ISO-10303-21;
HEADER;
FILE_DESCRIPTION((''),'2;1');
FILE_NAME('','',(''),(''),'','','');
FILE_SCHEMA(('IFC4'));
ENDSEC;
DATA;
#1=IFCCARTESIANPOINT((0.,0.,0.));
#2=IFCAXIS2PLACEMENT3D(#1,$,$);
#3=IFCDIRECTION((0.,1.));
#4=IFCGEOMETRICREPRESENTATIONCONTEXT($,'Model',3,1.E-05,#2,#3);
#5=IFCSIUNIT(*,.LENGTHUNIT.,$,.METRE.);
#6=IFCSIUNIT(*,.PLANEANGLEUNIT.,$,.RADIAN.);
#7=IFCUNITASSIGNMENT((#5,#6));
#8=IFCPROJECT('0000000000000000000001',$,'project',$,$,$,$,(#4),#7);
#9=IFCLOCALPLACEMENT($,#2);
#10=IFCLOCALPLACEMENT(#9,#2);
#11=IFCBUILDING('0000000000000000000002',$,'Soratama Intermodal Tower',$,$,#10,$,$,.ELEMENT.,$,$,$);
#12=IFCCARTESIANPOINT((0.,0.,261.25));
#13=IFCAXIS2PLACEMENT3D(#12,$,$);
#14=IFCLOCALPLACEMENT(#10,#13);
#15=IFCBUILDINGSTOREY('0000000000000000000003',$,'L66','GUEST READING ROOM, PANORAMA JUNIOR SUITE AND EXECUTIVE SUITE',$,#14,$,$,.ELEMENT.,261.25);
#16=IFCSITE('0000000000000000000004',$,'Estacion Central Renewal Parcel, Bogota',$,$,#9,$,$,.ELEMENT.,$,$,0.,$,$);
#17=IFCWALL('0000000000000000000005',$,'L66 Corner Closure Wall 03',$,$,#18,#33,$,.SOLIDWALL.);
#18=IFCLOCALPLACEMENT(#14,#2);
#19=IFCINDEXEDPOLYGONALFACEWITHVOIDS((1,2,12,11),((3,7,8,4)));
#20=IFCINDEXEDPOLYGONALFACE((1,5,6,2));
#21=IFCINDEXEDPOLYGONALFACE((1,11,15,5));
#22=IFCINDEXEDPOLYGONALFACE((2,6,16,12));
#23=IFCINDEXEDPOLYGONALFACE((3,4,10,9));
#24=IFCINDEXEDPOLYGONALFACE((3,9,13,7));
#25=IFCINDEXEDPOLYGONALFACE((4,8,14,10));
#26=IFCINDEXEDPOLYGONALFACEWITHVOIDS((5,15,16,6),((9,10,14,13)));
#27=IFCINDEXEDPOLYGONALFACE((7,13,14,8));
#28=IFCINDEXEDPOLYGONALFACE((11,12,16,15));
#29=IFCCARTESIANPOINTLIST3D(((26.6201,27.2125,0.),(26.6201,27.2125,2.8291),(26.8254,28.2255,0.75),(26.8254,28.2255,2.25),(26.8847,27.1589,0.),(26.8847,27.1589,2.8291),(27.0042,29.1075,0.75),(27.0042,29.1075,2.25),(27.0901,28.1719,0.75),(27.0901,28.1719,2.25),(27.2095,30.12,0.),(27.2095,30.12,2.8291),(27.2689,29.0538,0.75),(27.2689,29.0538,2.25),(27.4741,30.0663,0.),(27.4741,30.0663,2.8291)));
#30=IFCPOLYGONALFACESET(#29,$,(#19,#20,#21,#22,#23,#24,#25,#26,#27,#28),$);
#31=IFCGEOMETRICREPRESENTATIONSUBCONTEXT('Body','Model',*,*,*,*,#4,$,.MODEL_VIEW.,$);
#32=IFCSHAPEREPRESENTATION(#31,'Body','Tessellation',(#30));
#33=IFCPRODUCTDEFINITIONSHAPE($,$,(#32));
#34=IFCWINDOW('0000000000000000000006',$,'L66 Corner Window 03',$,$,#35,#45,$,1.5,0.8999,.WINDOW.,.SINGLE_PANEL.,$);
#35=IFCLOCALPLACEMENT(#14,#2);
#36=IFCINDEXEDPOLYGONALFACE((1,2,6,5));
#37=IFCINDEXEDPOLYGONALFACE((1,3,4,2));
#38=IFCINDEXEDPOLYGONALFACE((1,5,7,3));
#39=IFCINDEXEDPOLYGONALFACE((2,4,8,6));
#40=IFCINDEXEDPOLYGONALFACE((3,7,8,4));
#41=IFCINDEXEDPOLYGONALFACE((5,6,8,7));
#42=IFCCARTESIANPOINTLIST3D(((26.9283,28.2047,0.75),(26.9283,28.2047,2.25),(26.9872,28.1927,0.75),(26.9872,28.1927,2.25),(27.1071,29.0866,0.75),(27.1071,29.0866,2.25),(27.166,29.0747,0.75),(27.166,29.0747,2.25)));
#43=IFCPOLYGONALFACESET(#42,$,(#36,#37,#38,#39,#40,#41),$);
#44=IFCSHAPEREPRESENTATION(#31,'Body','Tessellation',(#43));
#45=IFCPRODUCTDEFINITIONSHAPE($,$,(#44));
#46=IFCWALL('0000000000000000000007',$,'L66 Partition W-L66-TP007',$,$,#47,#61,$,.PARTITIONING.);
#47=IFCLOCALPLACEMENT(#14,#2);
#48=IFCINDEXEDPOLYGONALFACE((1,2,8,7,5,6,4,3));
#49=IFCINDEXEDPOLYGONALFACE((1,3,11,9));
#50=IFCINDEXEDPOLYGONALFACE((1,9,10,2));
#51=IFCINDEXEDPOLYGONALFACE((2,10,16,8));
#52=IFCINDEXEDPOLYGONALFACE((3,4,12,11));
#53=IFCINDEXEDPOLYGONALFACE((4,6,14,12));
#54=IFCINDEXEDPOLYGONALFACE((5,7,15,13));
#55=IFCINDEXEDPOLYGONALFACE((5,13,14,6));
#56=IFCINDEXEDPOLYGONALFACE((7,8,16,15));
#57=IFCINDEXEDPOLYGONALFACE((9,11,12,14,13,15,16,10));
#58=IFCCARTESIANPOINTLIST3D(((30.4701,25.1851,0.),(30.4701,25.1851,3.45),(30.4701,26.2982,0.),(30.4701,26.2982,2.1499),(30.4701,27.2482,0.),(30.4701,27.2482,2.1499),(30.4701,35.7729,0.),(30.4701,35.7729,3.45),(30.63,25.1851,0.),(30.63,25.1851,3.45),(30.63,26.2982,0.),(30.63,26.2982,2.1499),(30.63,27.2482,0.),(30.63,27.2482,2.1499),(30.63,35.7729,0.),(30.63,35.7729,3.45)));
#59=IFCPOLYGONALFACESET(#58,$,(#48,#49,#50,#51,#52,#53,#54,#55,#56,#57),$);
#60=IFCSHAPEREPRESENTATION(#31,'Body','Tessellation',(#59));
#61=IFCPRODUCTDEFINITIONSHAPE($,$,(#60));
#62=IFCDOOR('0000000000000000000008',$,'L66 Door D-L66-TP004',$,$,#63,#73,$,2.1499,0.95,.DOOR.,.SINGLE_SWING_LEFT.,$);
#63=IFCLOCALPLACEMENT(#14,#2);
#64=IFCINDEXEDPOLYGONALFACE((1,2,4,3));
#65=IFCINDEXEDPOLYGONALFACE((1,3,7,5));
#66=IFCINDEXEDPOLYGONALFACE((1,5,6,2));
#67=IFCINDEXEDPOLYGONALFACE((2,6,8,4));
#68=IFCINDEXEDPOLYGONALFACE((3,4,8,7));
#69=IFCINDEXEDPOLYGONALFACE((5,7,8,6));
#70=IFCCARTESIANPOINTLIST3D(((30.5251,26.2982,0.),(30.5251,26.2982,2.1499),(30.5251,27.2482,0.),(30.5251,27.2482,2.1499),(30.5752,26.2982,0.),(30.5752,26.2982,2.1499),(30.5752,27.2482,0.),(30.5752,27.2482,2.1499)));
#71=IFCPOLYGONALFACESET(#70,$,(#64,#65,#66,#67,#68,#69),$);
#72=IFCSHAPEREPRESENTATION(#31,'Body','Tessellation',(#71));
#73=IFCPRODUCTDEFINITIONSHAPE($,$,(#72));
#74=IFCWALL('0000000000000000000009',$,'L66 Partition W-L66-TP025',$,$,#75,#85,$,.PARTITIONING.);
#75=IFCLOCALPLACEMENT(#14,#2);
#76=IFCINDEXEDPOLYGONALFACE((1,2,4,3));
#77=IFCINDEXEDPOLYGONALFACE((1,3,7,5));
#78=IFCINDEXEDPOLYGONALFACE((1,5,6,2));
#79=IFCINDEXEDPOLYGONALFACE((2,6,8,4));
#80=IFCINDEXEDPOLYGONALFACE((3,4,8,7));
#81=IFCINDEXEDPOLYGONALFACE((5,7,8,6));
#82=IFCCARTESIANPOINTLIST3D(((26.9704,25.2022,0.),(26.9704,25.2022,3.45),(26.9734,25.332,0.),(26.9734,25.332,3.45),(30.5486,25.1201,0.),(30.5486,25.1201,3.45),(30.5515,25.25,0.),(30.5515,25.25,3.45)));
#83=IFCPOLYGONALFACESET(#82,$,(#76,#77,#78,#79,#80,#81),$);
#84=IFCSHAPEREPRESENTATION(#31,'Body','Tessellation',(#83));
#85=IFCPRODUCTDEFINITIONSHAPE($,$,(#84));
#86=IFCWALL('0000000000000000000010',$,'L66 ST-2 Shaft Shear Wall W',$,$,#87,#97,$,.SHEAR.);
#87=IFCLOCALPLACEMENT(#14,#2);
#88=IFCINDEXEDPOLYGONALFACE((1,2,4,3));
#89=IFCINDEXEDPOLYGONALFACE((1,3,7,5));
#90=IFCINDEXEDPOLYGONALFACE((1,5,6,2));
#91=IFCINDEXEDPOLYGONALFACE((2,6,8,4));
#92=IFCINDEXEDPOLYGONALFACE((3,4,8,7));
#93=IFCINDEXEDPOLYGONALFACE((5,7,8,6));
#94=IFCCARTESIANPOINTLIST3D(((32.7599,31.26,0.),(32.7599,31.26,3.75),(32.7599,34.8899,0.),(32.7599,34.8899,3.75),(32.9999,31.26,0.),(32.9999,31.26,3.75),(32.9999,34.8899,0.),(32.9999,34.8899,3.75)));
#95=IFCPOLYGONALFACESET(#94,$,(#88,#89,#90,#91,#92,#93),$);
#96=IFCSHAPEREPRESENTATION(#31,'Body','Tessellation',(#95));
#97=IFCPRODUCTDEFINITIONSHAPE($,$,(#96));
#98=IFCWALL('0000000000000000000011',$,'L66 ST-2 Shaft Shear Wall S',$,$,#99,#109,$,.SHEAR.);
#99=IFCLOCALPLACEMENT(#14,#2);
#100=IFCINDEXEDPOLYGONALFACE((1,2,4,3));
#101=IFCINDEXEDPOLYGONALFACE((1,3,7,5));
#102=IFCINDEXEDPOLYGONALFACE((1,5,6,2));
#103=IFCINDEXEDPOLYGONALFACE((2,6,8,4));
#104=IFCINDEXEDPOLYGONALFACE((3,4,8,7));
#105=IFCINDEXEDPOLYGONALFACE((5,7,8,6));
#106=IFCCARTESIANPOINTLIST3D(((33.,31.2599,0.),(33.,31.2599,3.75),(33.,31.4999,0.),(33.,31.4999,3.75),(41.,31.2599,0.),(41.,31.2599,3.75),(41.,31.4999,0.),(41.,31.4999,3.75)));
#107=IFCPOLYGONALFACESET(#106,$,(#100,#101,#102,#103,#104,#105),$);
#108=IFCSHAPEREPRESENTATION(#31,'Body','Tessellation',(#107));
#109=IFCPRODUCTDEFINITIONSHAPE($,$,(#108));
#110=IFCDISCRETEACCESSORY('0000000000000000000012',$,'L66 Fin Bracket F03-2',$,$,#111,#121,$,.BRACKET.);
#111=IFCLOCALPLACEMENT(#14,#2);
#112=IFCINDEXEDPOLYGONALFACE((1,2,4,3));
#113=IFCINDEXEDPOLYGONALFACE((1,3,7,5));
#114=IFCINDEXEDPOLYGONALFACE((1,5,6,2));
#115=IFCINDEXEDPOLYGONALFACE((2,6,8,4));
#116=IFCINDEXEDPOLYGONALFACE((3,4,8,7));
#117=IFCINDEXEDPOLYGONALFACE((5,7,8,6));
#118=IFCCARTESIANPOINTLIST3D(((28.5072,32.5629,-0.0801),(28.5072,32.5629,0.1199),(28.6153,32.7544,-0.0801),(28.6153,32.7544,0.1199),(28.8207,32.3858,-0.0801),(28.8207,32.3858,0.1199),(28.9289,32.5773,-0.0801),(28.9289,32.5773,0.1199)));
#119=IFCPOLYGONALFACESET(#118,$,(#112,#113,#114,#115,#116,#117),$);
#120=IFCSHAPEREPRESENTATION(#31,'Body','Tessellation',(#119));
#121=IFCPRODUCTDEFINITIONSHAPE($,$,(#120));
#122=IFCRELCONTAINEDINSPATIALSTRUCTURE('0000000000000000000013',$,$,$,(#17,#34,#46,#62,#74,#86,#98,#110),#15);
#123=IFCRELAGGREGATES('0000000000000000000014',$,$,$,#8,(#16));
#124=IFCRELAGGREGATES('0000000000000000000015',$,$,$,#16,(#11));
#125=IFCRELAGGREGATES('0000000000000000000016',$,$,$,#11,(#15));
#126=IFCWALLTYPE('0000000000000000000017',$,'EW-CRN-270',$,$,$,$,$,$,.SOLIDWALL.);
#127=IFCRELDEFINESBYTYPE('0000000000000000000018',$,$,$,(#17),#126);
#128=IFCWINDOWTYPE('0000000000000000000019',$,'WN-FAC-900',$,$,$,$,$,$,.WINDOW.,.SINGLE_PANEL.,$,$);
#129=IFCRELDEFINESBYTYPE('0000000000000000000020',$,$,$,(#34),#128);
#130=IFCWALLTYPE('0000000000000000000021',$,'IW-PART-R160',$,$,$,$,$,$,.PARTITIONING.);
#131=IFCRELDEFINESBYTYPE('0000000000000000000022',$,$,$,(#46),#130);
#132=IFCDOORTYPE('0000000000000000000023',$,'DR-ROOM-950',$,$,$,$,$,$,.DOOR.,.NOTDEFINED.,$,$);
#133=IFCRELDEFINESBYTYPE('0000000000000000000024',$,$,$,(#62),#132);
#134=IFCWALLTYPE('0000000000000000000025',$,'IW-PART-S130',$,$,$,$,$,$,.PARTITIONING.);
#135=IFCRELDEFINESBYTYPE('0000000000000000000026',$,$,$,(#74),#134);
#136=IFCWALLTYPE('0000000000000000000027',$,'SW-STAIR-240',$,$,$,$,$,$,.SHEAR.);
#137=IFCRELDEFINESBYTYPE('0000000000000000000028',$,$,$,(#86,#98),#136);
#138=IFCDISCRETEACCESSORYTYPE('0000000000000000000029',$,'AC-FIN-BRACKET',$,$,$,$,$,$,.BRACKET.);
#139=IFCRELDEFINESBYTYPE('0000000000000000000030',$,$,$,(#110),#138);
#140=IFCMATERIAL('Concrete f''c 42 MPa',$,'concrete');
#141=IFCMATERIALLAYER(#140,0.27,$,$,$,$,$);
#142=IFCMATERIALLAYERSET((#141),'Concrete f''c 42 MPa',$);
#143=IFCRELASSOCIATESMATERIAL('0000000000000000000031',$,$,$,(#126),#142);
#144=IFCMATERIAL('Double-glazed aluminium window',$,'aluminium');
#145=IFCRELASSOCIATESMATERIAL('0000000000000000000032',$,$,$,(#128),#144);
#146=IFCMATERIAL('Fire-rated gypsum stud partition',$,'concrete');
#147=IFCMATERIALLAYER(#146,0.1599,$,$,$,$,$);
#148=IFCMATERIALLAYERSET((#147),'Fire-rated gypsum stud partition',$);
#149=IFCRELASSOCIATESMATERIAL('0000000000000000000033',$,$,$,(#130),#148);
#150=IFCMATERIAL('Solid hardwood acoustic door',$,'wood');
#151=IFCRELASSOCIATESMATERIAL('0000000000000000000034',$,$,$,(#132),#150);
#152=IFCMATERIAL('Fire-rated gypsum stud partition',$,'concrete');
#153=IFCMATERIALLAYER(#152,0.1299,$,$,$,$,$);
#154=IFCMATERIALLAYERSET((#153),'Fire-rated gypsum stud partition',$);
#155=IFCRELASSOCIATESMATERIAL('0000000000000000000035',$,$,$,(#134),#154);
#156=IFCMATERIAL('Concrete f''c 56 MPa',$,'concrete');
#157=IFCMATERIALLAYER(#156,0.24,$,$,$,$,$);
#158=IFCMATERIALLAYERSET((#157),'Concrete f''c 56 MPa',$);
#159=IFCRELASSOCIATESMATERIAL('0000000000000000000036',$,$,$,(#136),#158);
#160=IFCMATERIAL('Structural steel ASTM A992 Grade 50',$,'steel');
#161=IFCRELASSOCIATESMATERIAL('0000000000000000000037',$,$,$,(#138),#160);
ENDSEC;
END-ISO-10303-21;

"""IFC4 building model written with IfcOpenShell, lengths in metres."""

from ifc_helpers import new_model, si_unit, direction, frame, frame_2d, origin, origin_2d, place, context, subcontext, project, spatial, rectangle, extrude, material, layer, layer_set, type_object, element, fill, save


model = new_model("IFC4")

# Units and contexts
model_context = context("Model", 3, precision=1e-05, world=origin(), true_north=direction((0.0, 1.0)))
body_context = subcontext(model_context, "Body", "Model", "MODEL_VIEW")
ifc_project = project(units=[si_unit("LENGTHUNIT", "METRE"), si_unit("PLANEANGLEUNIT", "RADIAN")], contexts=[model_context])

# Site, building, storey
site_placement = place(None, origin())
site = spatial("IfcSite", under=ifc_project, at=site_placement, Name="Estacion Central Renewal Parcel, Bogota", CompositionType="ELEMENT", RefElevation=0.0)
building_placement = place(site_placement, origin())
building = spatial("IfcBuilding", under=site, at=building_placement, Name="Soratama Intermodal Tower", CompositionType="ELEMENT")
storey_placement = place(building_placement, frame((0.0, 0.0, 261.25)))
storey = spatial("IfcBuildingStorey", under=building, at=storey_placement, Name="L66", Description="GUEST READING ROOM, PANORAMA JUNIOR SUITE AND EXECUTIVE SUITE", CompositionType="ELEMENT", Elevation=261.25)

# Wall, opening, window
ifc_material_1 = material(Name="Concrete f'c 42 MPa", Category="concrete")
ifc_layer_1 = layer(ifc_material_1, 0.27)
ifc_layer_set_1 = layer_set([ifc_layer_1], Name="Concrete f'c 42 MPa")
wall_type_1 = type_object("IfcWallType", Name="EW-CRN-270", PredefinedType="SOLIDWALL", material=ifc_layer_set_1)
wall_1_placement = place(storey_placement, frame((27.3418, 30.0933, 0.0), z_axis=(0.0, 0.0, 1.0), x_axis=(-0.198663, -0.980068, 0.0)))
wall_1 = element("IfcWall", 1, at=wall_1_placement, inside=storey, type_object=wall_type_1, Name="L66 Corner Closure Wall 03", PredefinedType="SOLIDWALL", context=body_context, shape_type="SweptSolid", body=[
    extrude(rectangle(XDim=2.9666, YDim=0.27, at=frame_2d((1.4834, 0.0))), origin(), (0.0, 0.0, 1.0), 2.8291),
])
opening_1_placement = place(wall_1_placement, frame((1.0332, 0.0, 0.75)))
opening_1 = element("IfcOpeningElement", 2, at=opening_1_placement, cuts=wall_1, PredefinedType="OPENING", context=body_context, shape_type="SweptSolid", body=[
    extrude(rectangle(XDim=0.8999, YDim=1.5, at=frame_2d((0.45, 0.75))), frame((0.0, 0.145, 0.0), z_axis=(0.0, -1.0, 0.0), x_axis=(1.0, 0.0, 0.0)), (0.0, 0.0, 1.0), 0.29),
])
ifc_material_2 = material(Name="Double-glazed aluminium window", Category="aluminium")
window_type_1 = type_object("IfcWindowType", Name="WN-FAC-900", PartitioningType="SINGLE_PANEL", PredefinedType="WINDOW", material=ifc_material_2)
window_1_placement = place(opening_1_placement, origin())
window_1 = element("IfcWindow", 3, at=window_1_placement, inside=storey, type_object=window_type_1, Name="L66 Corner Window 03", OverallHeight=1.5, OverallWidth=0.8999, PartitioningType="SINGLE_PANEL", PredefinedType="WINDOW", context=body_context, shape_type="SweptSolid", body=[
    extrude(rectangle(XDim=0.8999, YDim=1.5, at=frame_2d((0.45, 0.75))), frame((0.0, 0.03, 0.0), z_axis=(0.0, -1.0, 0.0), x_axis=(1.0, 0.0, 0.0)), (0.0, 0.0, 1.0), 0.0601),
])
fill(opening_1, window_1)

# Wall, opening, door
ifc_material_3 = material(Name="Fire-rated gypsum stud partition", Category="concrete")
ifc_layer_2 = layer(ifc_material_3, 0.1599)
ifc_layer_set_2 = layer_set([ifc_layer_2], Name="Fire-rated gypsum stud partition")
wall_type_2 = type_object("IfcWallType", Name="IW-PART-R160", PredefinedType="PARTITIONING", material=ifc_layer_set_2)
wall_2_placement = place(storey_placement, frame((30.55, 25.1851, 0.0), z_axis=(0.0, 0.0, 1.0), x_axis=(0.0, 1.0, 0.0)))
wall_2 = element("IfcWall", 4, at=wall_2_placement, inside=storey, type_object=wall_type_2, Name="L66 Partition W-L66-TP007", PredefinedType="PARTITIONING", context=body_context, shape_type="SweptSolid", body=[
    extrude(rectangle(XDim=10.5879, YDim=0.1599, at=frame_2d((5.2939, 0.0))), origin(), (0.0, 0.0, 1.0), 3.45),
])
opening_2_placement = place(wall_2_placement, frame((1.113, 0.0, 0.0)))
opening_2 = element("IfcOpeningElement", 5, at=opening_2_placement, cuts=wall_2, PredefinedType="OPENING", context=body_context, shape_type="SweptSolid", body=[
    extrude(rectangle(XDim=0.95, YDim=2.1499, at=frame_2d((0.4751, 1.075))), frame((0.0, 0.0898, 0.0), z_axis=(0.0, -1.0, 0.0), x_axis=(1.0, 0.0, 0.0)), (0.0, 0.0, 1.0), 0.1799),
])
ifc_material_4 = material(Name="Solid hardwood acoustic door", Category="wood")
door_type_1 = type_object("IfcDoorType", Name="DR-ROOM-950", OperationType="NOTDEFINED", PredefinedType="DOOR", material=ifc_material_4)
door_1_placement = place(opening_2_placement, origin())
door_1 = element("IfcDoor", 6, at=door_1_placement, inside=storey, type_object=door_type_1, Name="L66 Door D-L66-TP004", OperationType="SINGLE_SWING_LEFT", OverallHeight=2.1499, OverallWidth=0.95, PredefinedType="DOOR", context=body_context, shape_type="SweptSolid", body=[
    extrude(rectangle(XDim=0.95, YDim=2.1499, at=frame_2d((0.4751, 1.075))), frame((0.0, 0.0249, 0.0), z_axis=(0.0, -1.0, 0.0), x_axis=(1.0, 0.0, 0.0)), (0.0, 0.0, 1.0), 0.05),
])
fill(opening_2, door_1)

# Walls
ifc_material_5 = material(Name="Fire-rated gypsum stud partition", Category="concrete")
ifc_layer_3 = layer(ifc_material_5, 0.1299)
ifc_layer_set_3 = layer_set([ifc_layer_3], Name="Fire-rated gypsum stud partition")
wall_type_3 = type_object("IfcWallType", Name="IW-PART-S130", PredefinedType="PARTITIONING", material=ifc_layer_set_3)
wall_3_placement = place(storey_placement, frame((30.55, 25.1851, 0.0), z_axis=(0.0, 0.0, 1.0), x_axis=(-0.999737, 0.02292, 0.0)))
element("IfcWall", 7, at=wall_3_placement, inside=storey, type_object=wall_type_3, Name="L66 Partition W-L66-TP025", PredefinedType="PARTITIONING", context=body_context, shape_type="SweptSolid", body=[
    extrude(rectangle(XDim=3.5791, YDim=0.1299, at=frame_2d((1.7896, 0.0))), origin(), (0.0, 0.0, 1.0), 3.45),
])
ifc_material_6 = material(Name="Concrete f'c 56 MPa", Category="concrete")
ifc_layer_4 = layer(ifc_material_6, 0.24)
ifc_layer_set_4 = layer_set([ifc_layer_4], Name="Concrete f'c 56 MPa")
wall_type_4 = type_object("IfcWallType", Name="SW-STAIR-240", PredefinedType="SHEAR", material=ifc_layer_set_4)
wall_4_placement = place(storey_placement, frame((32.8799, 31.26, 0.0), z_axis=(0.0, 0.0, 1.0), x_axis=(0.0, 1.0, 0.0)))
element("IfcWall", 8, at=wall_4_placement, inside=storey, type_object=wall_type_4, Name="L66 ST-2 Shaft Shear Wall W", PredefinedType="SHEAR", context=body_context, shape_type="SweptSolid", body=[
    extrude(rectangle(XDim=3.6299, YDim=0.24, at=frame_2d((1.8149, 0.0))), origin(), (0.0, 0.0, 1.0), 3.75),
])
wall_5_placement = place(storey_placement, frame((33.0, 31.3799, 0.0), z_axis=(0.0, 0.0, 1.0), x_axis=(1.0, 0.0, 0.0)))
element("IfcWall", 9, at=wall_5_placement, inside=storey, type_object=wall_type_4, Name="L66 ST-2 Shaft Shear Wall S", PredefinedType="SHEAR", context=body_context, shape_type="SweptSolid", body=[
    extrude(rectangle(XDim=8.0, YDim=0.24, at=frame_2d((4.0, 0.0))), origin(), (0.0, 0.0, 1.0), 3.75),
])

# Discrete accessory
ifc_material_7 = material(Name="Structural steel ASTM A992 Grade 50", Category="steel")
discrete_accessory_type = type_object("IfcDiscreteAccessoryType", Name="AC-FIN-BRACKET", PredefinedType="BRACKET", material=ifc_material_7)
discrete_accessory_placement = place(storey_placement, frame((28.718, 32.5701, -0.0801), z_axis=(0.0, 0.0, 1.0), x_axis=(-0.870699, 0.491816, 0.0)))
element("IfcDiscreteAccessory", 10, at=discrete_accessory_placement, inside=storey, type_object=discrete_accessory_type, Name="L66 Fin Bracket F03-2", PredefinedType="BRACKET", context=body_context, shape_type="SweptSolid", body=[
    extrude(rectangle(XDim=0.3601, YDim=0.22, at=origin_2d()), origin(), (0.0, 0.0, 1.0), 0.2),
])

save(model, "model.ifc")
